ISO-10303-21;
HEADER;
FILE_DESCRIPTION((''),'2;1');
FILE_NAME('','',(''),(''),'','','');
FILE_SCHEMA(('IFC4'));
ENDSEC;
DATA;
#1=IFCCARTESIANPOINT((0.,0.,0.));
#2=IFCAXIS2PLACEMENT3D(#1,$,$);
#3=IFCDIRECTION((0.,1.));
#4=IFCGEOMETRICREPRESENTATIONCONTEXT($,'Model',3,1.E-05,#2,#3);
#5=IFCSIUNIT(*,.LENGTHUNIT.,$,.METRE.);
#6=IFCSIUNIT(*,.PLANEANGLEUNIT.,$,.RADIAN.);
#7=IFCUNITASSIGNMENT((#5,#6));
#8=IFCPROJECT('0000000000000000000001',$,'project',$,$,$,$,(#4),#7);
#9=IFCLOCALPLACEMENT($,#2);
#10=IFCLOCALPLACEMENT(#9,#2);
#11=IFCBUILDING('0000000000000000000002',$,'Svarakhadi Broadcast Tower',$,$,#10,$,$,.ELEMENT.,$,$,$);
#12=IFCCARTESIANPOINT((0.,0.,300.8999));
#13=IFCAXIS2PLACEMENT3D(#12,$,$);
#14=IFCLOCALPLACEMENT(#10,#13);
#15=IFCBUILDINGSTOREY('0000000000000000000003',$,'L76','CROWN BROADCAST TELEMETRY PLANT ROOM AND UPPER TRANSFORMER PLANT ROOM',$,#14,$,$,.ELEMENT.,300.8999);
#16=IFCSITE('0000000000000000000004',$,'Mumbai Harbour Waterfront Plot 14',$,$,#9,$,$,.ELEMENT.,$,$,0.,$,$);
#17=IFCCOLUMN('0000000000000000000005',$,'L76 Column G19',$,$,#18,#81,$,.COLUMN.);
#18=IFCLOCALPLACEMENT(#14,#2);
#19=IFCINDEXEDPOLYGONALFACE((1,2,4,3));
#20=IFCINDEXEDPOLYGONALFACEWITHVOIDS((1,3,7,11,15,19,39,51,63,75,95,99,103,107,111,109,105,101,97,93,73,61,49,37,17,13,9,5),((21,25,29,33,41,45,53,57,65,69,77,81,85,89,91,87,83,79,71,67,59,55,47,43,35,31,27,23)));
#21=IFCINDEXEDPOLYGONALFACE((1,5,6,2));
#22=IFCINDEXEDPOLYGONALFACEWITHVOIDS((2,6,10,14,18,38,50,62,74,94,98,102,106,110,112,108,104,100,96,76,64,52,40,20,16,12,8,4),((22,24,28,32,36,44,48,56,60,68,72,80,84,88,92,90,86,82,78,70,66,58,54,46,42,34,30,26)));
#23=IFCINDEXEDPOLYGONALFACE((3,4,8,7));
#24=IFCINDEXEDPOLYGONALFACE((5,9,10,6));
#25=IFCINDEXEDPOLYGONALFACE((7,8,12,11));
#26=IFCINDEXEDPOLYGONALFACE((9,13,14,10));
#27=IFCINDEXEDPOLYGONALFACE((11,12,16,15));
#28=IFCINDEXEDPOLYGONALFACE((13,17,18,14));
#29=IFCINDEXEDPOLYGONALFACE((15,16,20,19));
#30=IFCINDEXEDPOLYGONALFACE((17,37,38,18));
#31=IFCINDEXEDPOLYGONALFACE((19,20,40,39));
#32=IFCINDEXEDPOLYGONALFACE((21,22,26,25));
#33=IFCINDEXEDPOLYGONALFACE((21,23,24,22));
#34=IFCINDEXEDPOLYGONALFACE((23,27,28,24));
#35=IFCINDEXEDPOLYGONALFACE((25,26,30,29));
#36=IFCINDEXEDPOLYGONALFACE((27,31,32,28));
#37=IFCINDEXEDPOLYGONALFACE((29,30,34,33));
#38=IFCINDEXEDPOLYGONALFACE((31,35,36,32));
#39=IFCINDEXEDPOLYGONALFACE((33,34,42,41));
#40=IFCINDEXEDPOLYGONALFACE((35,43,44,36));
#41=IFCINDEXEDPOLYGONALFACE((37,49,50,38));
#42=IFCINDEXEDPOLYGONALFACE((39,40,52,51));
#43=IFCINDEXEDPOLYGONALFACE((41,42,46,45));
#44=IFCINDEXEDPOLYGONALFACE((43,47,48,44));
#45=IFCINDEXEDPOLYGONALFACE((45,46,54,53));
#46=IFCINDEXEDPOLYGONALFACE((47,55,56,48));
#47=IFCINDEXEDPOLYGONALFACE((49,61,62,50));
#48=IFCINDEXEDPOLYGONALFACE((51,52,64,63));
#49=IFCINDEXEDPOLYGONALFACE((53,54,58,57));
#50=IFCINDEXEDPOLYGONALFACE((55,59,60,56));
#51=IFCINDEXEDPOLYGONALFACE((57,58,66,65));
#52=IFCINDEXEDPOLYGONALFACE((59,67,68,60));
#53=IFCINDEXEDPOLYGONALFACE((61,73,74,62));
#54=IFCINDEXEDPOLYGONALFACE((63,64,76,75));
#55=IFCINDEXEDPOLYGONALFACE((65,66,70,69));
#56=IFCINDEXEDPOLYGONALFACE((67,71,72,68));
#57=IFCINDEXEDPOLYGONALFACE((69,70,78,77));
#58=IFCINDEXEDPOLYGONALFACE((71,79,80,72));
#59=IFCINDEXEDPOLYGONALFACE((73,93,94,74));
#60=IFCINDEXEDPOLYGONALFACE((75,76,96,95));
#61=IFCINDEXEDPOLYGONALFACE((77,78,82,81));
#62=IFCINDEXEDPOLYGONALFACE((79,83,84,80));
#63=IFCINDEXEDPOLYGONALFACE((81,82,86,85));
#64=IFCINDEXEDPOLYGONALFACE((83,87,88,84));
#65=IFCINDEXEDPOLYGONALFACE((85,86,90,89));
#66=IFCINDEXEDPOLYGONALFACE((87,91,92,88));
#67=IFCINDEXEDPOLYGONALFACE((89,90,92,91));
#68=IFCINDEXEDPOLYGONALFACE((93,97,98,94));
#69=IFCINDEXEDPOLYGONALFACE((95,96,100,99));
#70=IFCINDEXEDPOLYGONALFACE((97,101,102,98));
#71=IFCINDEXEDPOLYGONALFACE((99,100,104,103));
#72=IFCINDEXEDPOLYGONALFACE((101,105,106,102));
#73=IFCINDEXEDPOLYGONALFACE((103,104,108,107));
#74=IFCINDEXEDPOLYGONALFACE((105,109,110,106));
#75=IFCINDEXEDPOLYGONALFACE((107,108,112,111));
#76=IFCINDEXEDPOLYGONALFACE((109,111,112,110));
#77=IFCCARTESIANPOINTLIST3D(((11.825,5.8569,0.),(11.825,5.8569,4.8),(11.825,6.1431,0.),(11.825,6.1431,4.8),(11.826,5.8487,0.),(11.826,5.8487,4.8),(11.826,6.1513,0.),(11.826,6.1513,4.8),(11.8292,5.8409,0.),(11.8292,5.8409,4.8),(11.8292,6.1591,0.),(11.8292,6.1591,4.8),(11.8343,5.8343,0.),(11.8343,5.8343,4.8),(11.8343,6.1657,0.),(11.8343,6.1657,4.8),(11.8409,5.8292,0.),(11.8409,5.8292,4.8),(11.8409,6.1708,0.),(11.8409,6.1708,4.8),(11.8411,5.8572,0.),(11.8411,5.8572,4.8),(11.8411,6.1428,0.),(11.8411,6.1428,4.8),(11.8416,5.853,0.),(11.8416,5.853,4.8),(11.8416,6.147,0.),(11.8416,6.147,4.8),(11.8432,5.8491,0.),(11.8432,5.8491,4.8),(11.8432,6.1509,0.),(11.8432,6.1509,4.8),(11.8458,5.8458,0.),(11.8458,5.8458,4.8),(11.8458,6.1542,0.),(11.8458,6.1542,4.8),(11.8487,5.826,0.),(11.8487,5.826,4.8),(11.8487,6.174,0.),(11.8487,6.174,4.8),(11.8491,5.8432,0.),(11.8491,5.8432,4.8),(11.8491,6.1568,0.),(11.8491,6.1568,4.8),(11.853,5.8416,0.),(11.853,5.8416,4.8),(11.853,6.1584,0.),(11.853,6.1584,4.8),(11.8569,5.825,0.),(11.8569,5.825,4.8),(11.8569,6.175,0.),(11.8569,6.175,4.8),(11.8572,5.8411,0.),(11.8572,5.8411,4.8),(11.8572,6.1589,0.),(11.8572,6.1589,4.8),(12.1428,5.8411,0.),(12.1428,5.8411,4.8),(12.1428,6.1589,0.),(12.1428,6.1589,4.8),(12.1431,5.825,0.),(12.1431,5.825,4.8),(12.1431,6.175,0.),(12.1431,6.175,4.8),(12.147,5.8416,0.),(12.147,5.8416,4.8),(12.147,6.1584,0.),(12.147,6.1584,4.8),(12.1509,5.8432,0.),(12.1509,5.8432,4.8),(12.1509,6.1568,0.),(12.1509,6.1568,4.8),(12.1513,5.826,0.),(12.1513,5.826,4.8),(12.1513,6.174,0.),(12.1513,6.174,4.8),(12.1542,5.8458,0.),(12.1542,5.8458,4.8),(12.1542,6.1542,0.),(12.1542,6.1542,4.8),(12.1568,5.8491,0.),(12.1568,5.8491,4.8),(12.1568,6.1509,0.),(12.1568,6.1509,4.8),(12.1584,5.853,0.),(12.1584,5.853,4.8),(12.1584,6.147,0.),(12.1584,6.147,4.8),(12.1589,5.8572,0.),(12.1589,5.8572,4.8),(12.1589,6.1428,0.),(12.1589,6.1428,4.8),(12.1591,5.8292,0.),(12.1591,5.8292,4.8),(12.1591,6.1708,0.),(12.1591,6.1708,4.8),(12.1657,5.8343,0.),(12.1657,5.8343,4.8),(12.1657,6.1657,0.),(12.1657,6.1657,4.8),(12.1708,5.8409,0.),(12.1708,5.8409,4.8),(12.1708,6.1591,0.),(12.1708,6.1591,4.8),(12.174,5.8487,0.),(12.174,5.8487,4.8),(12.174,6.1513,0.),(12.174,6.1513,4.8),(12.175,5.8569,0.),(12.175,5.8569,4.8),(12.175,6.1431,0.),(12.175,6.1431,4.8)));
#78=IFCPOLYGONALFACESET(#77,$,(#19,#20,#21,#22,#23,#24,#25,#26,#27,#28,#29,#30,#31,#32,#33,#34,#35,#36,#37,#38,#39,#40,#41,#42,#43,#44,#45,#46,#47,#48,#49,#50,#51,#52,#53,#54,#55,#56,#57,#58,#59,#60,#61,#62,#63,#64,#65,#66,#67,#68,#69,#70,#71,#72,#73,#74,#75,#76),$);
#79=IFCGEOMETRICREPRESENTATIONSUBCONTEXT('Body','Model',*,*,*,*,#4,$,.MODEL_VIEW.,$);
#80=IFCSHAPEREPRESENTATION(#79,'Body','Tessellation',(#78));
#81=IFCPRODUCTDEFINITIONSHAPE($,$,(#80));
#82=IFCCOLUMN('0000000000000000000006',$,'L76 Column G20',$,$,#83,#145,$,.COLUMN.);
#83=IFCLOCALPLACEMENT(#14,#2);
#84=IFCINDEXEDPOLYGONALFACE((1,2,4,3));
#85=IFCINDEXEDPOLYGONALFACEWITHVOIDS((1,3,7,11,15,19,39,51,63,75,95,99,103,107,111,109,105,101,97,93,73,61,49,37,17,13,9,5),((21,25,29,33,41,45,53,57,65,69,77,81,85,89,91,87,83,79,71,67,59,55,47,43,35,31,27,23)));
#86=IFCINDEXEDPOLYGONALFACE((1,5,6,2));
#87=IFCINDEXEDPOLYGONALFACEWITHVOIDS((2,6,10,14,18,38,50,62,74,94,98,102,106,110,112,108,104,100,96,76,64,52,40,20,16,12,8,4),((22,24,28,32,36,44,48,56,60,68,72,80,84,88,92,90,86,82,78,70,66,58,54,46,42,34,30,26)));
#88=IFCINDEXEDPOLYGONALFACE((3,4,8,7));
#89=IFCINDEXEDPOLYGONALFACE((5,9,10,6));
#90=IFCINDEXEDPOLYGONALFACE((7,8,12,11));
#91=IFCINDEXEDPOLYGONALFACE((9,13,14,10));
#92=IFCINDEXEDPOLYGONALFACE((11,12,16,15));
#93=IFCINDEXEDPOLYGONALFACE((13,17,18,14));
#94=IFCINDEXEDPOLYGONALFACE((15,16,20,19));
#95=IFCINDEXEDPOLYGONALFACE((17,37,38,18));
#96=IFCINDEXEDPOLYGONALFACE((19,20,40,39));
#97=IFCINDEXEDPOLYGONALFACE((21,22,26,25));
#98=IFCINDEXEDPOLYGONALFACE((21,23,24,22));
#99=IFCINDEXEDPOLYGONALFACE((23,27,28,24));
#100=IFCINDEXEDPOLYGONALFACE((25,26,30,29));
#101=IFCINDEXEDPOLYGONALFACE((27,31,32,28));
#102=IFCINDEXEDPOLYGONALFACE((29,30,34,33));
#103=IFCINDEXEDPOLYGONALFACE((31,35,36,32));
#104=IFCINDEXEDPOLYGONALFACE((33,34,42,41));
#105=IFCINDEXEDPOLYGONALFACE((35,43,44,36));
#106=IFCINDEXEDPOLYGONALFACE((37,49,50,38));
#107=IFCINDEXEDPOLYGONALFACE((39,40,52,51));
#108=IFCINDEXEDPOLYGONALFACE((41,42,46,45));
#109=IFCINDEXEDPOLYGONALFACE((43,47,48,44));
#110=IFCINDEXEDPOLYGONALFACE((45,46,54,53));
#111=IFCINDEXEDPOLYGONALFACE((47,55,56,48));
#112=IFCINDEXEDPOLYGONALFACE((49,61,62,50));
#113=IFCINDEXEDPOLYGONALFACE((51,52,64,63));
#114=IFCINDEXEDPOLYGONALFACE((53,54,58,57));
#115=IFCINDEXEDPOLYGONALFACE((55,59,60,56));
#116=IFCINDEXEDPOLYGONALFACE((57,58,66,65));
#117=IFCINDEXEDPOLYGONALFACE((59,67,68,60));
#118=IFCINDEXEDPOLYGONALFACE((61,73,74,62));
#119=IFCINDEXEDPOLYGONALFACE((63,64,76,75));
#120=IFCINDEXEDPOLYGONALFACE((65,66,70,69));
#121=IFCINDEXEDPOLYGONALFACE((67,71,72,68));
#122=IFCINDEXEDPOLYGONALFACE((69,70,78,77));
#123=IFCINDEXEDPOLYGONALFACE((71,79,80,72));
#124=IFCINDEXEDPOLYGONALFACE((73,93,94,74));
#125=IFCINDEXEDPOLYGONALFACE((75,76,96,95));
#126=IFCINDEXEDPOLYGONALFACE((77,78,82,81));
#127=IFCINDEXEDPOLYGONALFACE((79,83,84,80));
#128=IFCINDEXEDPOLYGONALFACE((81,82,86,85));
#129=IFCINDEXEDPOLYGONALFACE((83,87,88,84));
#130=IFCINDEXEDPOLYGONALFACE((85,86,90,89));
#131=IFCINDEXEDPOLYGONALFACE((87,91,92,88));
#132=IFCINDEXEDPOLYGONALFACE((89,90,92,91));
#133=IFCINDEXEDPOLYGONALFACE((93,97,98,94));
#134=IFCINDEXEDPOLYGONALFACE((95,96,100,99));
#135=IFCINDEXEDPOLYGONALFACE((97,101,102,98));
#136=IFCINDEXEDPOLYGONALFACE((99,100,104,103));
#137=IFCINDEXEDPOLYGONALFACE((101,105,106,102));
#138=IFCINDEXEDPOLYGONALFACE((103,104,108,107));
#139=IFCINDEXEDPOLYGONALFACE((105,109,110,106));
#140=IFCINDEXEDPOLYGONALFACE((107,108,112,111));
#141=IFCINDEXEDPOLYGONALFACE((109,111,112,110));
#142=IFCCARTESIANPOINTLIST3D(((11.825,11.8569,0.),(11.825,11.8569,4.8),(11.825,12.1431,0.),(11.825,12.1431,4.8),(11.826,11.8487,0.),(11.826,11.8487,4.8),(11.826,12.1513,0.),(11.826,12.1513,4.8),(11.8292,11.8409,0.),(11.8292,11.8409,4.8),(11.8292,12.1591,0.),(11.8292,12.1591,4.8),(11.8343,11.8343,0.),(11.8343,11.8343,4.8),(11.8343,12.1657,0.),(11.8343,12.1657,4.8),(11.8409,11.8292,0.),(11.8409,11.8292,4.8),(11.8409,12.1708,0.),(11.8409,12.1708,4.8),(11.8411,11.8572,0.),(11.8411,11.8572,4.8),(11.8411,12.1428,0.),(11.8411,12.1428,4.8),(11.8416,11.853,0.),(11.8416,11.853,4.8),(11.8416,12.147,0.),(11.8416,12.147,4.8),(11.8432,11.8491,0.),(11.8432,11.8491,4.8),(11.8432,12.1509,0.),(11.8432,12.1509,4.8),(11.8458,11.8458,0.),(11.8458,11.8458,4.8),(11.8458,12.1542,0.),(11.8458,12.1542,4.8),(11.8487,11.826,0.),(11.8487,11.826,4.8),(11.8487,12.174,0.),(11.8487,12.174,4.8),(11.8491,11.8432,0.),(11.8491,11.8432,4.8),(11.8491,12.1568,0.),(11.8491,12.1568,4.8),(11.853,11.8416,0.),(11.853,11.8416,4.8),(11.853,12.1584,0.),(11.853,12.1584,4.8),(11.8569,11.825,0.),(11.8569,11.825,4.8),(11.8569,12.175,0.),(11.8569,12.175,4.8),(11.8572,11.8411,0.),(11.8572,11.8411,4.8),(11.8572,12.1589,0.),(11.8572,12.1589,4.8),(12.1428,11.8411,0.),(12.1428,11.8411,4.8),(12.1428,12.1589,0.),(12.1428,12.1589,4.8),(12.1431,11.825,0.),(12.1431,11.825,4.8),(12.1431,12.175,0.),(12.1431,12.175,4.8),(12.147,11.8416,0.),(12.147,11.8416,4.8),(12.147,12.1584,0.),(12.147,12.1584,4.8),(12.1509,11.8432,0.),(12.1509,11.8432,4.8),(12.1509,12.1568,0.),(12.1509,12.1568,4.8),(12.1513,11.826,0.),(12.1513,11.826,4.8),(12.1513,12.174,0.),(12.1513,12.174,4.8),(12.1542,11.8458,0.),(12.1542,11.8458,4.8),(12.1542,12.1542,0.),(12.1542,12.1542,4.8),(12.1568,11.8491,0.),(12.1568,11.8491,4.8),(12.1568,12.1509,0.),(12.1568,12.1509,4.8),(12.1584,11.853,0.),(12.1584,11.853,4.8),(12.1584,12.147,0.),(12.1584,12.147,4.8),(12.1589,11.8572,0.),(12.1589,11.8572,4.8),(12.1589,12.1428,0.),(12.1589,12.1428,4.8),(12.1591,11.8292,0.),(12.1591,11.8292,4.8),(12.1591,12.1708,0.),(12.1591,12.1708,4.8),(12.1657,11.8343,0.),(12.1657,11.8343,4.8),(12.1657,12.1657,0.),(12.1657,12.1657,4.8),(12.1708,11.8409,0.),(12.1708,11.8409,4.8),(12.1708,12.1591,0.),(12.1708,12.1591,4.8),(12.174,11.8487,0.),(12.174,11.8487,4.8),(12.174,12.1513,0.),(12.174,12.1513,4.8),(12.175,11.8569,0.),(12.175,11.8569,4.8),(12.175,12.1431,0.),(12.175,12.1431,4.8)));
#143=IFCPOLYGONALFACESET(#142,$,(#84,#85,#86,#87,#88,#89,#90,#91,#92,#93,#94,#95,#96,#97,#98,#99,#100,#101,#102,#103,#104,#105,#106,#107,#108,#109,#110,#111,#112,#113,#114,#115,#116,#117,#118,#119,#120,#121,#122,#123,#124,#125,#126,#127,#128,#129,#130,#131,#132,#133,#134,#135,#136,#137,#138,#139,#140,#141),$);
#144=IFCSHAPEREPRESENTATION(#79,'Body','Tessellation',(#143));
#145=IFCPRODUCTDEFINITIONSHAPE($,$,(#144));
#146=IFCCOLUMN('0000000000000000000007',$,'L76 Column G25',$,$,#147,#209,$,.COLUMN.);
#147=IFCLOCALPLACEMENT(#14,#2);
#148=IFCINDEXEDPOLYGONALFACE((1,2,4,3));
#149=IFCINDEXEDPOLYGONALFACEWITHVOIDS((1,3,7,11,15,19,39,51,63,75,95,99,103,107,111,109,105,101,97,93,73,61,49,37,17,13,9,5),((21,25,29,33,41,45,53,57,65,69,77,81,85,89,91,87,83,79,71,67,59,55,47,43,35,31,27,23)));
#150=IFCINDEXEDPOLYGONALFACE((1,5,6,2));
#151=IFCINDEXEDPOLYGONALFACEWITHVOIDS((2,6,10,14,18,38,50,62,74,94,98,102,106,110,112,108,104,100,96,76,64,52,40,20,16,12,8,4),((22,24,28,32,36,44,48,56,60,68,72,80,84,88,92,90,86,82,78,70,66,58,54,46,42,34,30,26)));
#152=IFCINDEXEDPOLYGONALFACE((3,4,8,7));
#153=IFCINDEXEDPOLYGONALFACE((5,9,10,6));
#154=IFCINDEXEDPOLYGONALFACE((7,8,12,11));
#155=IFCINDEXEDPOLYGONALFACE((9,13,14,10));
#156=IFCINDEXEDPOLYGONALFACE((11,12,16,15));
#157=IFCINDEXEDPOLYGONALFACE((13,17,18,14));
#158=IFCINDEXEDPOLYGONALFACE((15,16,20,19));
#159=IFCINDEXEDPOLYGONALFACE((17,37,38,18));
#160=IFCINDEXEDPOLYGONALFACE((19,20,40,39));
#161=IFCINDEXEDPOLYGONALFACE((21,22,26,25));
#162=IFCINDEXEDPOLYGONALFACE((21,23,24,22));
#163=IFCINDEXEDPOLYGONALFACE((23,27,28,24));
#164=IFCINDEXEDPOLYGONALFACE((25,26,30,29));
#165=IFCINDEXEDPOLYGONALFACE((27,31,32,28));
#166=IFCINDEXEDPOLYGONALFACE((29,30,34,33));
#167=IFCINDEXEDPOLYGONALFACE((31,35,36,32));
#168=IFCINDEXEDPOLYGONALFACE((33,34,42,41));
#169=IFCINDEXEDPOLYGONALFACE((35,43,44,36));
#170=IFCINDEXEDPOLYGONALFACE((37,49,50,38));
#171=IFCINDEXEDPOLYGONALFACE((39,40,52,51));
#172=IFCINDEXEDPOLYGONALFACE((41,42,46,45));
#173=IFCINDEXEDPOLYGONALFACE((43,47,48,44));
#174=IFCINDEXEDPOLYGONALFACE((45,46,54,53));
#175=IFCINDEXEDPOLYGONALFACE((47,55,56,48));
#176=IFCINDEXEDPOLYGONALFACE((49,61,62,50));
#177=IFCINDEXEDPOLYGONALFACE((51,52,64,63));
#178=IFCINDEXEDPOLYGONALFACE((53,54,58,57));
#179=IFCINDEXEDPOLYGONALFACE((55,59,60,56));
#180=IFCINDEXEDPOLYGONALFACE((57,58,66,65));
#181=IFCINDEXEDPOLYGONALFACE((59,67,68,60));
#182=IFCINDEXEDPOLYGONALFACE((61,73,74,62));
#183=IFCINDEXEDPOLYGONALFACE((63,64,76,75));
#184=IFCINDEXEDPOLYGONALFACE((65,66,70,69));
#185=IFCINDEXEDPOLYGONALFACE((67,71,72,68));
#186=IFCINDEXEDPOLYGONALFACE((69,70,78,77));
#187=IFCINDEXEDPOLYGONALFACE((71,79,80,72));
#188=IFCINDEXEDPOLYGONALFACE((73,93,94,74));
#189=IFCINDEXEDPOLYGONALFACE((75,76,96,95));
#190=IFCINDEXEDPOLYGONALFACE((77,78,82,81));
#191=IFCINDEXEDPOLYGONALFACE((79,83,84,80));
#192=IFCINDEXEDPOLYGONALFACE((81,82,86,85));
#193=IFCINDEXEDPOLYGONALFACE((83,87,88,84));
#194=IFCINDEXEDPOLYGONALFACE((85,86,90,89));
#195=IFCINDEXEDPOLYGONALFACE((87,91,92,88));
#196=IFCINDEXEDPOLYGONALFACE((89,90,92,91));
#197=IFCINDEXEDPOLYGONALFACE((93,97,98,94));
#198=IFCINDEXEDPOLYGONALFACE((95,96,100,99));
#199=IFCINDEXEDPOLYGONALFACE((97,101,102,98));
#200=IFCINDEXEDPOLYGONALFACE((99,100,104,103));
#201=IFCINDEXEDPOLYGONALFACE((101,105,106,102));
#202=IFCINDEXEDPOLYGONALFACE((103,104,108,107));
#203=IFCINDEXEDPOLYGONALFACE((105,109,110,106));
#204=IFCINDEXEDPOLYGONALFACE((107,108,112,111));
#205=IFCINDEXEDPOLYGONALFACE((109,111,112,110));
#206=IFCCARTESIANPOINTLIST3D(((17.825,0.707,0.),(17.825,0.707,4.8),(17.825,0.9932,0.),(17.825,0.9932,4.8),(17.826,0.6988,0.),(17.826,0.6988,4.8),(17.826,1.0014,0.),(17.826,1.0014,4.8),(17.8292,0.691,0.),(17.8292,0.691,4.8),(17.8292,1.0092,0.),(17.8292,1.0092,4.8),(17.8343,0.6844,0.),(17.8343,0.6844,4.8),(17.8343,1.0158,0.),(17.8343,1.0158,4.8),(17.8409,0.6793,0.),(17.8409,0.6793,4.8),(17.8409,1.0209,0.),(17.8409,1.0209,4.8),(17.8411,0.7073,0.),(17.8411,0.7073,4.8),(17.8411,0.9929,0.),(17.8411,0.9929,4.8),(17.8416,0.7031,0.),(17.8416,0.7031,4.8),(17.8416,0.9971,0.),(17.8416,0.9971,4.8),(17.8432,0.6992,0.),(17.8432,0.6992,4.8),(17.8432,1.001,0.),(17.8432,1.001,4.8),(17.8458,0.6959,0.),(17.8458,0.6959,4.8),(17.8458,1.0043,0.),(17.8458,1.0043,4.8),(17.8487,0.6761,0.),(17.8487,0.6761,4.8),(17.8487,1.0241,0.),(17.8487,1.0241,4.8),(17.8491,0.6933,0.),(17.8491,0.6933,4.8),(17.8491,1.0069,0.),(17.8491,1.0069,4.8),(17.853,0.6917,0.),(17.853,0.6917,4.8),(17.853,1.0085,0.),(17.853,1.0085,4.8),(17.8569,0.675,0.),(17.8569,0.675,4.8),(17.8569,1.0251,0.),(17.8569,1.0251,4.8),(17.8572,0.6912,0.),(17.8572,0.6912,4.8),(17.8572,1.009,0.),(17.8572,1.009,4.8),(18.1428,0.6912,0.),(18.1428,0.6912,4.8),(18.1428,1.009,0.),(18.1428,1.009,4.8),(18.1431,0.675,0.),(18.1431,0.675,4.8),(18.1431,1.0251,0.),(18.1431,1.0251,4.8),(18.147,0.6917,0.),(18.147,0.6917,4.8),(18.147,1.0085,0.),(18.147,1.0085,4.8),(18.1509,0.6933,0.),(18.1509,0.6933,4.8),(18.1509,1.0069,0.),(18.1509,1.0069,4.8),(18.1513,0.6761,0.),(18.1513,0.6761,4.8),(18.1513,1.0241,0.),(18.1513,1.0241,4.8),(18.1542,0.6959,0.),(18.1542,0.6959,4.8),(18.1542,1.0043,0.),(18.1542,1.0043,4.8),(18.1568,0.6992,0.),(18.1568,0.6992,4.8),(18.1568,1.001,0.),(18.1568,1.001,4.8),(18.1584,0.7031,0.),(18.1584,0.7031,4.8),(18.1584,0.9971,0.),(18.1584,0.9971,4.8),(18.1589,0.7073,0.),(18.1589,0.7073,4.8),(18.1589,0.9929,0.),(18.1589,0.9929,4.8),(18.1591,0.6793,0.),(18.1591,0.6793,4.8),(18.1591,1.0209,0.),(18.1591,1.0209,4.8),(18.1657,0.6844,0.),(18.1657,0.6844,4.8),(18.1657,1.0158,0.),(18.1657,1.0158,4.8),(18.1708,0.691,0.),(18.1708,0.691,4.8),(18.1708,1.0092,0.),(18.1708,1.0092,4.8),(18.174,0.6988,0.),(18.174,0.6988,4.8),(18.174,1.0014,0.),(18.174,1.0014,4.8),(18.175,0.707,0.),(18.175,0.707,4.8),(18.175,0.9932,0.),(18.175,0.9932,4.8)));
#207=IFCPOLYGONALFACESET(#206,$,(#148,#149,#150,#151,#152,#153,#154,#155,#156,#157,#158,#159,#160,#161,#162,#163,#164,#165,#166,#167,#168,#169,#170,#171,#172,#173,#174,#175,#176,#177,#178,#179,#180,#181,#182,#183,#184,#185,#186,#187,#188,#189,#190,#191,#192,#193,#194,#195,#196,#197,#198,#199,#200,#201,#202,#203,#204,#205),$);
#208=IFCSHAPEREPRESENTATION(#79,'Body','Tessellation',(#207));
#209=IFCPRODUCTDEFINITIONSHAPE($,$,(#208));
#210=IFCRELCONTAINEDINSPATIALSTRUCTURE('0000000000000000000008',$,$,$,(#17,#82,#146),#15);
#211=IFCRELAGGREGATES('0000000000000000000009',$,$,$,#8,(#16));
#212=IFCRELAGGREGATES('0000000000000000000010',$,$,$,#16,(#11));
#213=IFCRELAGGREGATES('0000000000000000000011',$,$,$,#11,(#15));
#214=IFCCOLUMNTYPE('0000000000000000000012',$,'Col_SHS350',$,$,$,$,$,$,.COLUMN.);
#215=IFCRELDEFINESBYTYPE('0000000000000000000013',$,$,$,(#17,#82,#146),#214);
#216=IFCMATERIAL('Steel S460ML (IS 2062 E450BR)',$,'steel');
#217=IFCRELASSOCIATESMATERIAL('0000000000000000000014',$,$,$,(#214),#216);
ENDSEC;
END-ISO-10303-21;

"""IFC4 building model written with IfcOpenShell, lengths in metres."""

from ifc_helpers import new_model, si_unit, direction, frame, origin, origin_2d, place, context, subcontext, project, spatial, hollow_rectangle, extrude, material, material_profile, profile_set, type_object, element, save


model = new_model("IFC4")

# Units and contexts
model_context = context("Model", 3, precision=1e-05, world=origin(), true_north=direction((0.0, 1.0)))
body_context = subcontext(model_context, "Body", "Model", "MODEL_VIEW")
ifc_project = project(units=[si_unit("LENGTHUNIT", "METRE"), si_unit("PLANEANGLEUNIT", "RADIAN")], contexts=[model_context])

# Site, building, storey
site_placement = place(None, origin())
site = spatial("IfcSite", under=ifc_project, at=site_placement, Name="Mumbai Harbour Waterfront Plot 14", CompositionType="ELEMENT", RefElevation=0.0)
building_placement = place(site_placement, origin())
building = spatial("IfcBuilding", under=site, at=building_placement, Name="Svarakhadi Broadcast Tower", CompositionType="ELEMENT")
storey_placement = place(building_placement, frame((0.0, 0.0, 300.8999)))
storey = spatial("IfcBuildingStorey", under=building, at=storey_placement, Name="L76", Description="CROWN BROADCAST TELEMETRY PLANT ROOM AND UPPER TRANSFORMER PLANT ROOM", CompositionType="ELEMENT", Elevation=300.8999)

# Columns
ifc_material_1 = material(Name="Steel S460ML (IS 2062 E450BR)", Category="steel")
ifc_material_profile_1 = material_profile(ifc_material_1, hollow_rectangle(XDim=0.3501, YDim=0.3501, WallThickness=0.0161, InnerFilletRadius=0.0161, OuterFilletRadius=0.032, at=origin_2d()), Name="SHS 350x350x16")
ifc_profile_set_1 = profile_set([ifc_material_profile_1], Name="Steel S460ML (IS 2062 E450BR)")
column_type = type_object("IfcColumnType", Name="Col_SHS350", PredefinedType="COLUMN", material=ifc_profile_set_1)
for number, where, z_axis, x_axis, name in (
    (1, (12.0, 6.0, 0.0), (0.0, 0.0, 1.0), (1.0, 0.0, 0.0), "L76 Column G19"),
    (2, (12.0, 12.0, 0.0), (0.0, 0.0, 1.0), (1.0, 0.0, 0.0), "L76 Column G20"),
    (3, (18.0, 0.8501, 0.0), (0.0, 0.0, 1.0), (1.0, 0.0, 0.0), "L76 Column G25"),
):
    element("IfcColumn", number, at=place(storey_placement, frame(where, z_axis=z_axis, x_axis=x_axis)), inside=storey, type_object=column_type, Name=name, PredefinedType="COLUMN", context=body_context, shape_type="SweptSolid", body=[
        extrude(hollow_rectangle(XDim=0.3501, YDim=0.3501, WallThickness=0.0161, InnerFilletRadius=0.0161, OuterFilletRadius=0.032, at=origin_2d()), origin(), (0.0, 0.0, 1.0), 4.8),
    ])

save(model, "model.ifc")
